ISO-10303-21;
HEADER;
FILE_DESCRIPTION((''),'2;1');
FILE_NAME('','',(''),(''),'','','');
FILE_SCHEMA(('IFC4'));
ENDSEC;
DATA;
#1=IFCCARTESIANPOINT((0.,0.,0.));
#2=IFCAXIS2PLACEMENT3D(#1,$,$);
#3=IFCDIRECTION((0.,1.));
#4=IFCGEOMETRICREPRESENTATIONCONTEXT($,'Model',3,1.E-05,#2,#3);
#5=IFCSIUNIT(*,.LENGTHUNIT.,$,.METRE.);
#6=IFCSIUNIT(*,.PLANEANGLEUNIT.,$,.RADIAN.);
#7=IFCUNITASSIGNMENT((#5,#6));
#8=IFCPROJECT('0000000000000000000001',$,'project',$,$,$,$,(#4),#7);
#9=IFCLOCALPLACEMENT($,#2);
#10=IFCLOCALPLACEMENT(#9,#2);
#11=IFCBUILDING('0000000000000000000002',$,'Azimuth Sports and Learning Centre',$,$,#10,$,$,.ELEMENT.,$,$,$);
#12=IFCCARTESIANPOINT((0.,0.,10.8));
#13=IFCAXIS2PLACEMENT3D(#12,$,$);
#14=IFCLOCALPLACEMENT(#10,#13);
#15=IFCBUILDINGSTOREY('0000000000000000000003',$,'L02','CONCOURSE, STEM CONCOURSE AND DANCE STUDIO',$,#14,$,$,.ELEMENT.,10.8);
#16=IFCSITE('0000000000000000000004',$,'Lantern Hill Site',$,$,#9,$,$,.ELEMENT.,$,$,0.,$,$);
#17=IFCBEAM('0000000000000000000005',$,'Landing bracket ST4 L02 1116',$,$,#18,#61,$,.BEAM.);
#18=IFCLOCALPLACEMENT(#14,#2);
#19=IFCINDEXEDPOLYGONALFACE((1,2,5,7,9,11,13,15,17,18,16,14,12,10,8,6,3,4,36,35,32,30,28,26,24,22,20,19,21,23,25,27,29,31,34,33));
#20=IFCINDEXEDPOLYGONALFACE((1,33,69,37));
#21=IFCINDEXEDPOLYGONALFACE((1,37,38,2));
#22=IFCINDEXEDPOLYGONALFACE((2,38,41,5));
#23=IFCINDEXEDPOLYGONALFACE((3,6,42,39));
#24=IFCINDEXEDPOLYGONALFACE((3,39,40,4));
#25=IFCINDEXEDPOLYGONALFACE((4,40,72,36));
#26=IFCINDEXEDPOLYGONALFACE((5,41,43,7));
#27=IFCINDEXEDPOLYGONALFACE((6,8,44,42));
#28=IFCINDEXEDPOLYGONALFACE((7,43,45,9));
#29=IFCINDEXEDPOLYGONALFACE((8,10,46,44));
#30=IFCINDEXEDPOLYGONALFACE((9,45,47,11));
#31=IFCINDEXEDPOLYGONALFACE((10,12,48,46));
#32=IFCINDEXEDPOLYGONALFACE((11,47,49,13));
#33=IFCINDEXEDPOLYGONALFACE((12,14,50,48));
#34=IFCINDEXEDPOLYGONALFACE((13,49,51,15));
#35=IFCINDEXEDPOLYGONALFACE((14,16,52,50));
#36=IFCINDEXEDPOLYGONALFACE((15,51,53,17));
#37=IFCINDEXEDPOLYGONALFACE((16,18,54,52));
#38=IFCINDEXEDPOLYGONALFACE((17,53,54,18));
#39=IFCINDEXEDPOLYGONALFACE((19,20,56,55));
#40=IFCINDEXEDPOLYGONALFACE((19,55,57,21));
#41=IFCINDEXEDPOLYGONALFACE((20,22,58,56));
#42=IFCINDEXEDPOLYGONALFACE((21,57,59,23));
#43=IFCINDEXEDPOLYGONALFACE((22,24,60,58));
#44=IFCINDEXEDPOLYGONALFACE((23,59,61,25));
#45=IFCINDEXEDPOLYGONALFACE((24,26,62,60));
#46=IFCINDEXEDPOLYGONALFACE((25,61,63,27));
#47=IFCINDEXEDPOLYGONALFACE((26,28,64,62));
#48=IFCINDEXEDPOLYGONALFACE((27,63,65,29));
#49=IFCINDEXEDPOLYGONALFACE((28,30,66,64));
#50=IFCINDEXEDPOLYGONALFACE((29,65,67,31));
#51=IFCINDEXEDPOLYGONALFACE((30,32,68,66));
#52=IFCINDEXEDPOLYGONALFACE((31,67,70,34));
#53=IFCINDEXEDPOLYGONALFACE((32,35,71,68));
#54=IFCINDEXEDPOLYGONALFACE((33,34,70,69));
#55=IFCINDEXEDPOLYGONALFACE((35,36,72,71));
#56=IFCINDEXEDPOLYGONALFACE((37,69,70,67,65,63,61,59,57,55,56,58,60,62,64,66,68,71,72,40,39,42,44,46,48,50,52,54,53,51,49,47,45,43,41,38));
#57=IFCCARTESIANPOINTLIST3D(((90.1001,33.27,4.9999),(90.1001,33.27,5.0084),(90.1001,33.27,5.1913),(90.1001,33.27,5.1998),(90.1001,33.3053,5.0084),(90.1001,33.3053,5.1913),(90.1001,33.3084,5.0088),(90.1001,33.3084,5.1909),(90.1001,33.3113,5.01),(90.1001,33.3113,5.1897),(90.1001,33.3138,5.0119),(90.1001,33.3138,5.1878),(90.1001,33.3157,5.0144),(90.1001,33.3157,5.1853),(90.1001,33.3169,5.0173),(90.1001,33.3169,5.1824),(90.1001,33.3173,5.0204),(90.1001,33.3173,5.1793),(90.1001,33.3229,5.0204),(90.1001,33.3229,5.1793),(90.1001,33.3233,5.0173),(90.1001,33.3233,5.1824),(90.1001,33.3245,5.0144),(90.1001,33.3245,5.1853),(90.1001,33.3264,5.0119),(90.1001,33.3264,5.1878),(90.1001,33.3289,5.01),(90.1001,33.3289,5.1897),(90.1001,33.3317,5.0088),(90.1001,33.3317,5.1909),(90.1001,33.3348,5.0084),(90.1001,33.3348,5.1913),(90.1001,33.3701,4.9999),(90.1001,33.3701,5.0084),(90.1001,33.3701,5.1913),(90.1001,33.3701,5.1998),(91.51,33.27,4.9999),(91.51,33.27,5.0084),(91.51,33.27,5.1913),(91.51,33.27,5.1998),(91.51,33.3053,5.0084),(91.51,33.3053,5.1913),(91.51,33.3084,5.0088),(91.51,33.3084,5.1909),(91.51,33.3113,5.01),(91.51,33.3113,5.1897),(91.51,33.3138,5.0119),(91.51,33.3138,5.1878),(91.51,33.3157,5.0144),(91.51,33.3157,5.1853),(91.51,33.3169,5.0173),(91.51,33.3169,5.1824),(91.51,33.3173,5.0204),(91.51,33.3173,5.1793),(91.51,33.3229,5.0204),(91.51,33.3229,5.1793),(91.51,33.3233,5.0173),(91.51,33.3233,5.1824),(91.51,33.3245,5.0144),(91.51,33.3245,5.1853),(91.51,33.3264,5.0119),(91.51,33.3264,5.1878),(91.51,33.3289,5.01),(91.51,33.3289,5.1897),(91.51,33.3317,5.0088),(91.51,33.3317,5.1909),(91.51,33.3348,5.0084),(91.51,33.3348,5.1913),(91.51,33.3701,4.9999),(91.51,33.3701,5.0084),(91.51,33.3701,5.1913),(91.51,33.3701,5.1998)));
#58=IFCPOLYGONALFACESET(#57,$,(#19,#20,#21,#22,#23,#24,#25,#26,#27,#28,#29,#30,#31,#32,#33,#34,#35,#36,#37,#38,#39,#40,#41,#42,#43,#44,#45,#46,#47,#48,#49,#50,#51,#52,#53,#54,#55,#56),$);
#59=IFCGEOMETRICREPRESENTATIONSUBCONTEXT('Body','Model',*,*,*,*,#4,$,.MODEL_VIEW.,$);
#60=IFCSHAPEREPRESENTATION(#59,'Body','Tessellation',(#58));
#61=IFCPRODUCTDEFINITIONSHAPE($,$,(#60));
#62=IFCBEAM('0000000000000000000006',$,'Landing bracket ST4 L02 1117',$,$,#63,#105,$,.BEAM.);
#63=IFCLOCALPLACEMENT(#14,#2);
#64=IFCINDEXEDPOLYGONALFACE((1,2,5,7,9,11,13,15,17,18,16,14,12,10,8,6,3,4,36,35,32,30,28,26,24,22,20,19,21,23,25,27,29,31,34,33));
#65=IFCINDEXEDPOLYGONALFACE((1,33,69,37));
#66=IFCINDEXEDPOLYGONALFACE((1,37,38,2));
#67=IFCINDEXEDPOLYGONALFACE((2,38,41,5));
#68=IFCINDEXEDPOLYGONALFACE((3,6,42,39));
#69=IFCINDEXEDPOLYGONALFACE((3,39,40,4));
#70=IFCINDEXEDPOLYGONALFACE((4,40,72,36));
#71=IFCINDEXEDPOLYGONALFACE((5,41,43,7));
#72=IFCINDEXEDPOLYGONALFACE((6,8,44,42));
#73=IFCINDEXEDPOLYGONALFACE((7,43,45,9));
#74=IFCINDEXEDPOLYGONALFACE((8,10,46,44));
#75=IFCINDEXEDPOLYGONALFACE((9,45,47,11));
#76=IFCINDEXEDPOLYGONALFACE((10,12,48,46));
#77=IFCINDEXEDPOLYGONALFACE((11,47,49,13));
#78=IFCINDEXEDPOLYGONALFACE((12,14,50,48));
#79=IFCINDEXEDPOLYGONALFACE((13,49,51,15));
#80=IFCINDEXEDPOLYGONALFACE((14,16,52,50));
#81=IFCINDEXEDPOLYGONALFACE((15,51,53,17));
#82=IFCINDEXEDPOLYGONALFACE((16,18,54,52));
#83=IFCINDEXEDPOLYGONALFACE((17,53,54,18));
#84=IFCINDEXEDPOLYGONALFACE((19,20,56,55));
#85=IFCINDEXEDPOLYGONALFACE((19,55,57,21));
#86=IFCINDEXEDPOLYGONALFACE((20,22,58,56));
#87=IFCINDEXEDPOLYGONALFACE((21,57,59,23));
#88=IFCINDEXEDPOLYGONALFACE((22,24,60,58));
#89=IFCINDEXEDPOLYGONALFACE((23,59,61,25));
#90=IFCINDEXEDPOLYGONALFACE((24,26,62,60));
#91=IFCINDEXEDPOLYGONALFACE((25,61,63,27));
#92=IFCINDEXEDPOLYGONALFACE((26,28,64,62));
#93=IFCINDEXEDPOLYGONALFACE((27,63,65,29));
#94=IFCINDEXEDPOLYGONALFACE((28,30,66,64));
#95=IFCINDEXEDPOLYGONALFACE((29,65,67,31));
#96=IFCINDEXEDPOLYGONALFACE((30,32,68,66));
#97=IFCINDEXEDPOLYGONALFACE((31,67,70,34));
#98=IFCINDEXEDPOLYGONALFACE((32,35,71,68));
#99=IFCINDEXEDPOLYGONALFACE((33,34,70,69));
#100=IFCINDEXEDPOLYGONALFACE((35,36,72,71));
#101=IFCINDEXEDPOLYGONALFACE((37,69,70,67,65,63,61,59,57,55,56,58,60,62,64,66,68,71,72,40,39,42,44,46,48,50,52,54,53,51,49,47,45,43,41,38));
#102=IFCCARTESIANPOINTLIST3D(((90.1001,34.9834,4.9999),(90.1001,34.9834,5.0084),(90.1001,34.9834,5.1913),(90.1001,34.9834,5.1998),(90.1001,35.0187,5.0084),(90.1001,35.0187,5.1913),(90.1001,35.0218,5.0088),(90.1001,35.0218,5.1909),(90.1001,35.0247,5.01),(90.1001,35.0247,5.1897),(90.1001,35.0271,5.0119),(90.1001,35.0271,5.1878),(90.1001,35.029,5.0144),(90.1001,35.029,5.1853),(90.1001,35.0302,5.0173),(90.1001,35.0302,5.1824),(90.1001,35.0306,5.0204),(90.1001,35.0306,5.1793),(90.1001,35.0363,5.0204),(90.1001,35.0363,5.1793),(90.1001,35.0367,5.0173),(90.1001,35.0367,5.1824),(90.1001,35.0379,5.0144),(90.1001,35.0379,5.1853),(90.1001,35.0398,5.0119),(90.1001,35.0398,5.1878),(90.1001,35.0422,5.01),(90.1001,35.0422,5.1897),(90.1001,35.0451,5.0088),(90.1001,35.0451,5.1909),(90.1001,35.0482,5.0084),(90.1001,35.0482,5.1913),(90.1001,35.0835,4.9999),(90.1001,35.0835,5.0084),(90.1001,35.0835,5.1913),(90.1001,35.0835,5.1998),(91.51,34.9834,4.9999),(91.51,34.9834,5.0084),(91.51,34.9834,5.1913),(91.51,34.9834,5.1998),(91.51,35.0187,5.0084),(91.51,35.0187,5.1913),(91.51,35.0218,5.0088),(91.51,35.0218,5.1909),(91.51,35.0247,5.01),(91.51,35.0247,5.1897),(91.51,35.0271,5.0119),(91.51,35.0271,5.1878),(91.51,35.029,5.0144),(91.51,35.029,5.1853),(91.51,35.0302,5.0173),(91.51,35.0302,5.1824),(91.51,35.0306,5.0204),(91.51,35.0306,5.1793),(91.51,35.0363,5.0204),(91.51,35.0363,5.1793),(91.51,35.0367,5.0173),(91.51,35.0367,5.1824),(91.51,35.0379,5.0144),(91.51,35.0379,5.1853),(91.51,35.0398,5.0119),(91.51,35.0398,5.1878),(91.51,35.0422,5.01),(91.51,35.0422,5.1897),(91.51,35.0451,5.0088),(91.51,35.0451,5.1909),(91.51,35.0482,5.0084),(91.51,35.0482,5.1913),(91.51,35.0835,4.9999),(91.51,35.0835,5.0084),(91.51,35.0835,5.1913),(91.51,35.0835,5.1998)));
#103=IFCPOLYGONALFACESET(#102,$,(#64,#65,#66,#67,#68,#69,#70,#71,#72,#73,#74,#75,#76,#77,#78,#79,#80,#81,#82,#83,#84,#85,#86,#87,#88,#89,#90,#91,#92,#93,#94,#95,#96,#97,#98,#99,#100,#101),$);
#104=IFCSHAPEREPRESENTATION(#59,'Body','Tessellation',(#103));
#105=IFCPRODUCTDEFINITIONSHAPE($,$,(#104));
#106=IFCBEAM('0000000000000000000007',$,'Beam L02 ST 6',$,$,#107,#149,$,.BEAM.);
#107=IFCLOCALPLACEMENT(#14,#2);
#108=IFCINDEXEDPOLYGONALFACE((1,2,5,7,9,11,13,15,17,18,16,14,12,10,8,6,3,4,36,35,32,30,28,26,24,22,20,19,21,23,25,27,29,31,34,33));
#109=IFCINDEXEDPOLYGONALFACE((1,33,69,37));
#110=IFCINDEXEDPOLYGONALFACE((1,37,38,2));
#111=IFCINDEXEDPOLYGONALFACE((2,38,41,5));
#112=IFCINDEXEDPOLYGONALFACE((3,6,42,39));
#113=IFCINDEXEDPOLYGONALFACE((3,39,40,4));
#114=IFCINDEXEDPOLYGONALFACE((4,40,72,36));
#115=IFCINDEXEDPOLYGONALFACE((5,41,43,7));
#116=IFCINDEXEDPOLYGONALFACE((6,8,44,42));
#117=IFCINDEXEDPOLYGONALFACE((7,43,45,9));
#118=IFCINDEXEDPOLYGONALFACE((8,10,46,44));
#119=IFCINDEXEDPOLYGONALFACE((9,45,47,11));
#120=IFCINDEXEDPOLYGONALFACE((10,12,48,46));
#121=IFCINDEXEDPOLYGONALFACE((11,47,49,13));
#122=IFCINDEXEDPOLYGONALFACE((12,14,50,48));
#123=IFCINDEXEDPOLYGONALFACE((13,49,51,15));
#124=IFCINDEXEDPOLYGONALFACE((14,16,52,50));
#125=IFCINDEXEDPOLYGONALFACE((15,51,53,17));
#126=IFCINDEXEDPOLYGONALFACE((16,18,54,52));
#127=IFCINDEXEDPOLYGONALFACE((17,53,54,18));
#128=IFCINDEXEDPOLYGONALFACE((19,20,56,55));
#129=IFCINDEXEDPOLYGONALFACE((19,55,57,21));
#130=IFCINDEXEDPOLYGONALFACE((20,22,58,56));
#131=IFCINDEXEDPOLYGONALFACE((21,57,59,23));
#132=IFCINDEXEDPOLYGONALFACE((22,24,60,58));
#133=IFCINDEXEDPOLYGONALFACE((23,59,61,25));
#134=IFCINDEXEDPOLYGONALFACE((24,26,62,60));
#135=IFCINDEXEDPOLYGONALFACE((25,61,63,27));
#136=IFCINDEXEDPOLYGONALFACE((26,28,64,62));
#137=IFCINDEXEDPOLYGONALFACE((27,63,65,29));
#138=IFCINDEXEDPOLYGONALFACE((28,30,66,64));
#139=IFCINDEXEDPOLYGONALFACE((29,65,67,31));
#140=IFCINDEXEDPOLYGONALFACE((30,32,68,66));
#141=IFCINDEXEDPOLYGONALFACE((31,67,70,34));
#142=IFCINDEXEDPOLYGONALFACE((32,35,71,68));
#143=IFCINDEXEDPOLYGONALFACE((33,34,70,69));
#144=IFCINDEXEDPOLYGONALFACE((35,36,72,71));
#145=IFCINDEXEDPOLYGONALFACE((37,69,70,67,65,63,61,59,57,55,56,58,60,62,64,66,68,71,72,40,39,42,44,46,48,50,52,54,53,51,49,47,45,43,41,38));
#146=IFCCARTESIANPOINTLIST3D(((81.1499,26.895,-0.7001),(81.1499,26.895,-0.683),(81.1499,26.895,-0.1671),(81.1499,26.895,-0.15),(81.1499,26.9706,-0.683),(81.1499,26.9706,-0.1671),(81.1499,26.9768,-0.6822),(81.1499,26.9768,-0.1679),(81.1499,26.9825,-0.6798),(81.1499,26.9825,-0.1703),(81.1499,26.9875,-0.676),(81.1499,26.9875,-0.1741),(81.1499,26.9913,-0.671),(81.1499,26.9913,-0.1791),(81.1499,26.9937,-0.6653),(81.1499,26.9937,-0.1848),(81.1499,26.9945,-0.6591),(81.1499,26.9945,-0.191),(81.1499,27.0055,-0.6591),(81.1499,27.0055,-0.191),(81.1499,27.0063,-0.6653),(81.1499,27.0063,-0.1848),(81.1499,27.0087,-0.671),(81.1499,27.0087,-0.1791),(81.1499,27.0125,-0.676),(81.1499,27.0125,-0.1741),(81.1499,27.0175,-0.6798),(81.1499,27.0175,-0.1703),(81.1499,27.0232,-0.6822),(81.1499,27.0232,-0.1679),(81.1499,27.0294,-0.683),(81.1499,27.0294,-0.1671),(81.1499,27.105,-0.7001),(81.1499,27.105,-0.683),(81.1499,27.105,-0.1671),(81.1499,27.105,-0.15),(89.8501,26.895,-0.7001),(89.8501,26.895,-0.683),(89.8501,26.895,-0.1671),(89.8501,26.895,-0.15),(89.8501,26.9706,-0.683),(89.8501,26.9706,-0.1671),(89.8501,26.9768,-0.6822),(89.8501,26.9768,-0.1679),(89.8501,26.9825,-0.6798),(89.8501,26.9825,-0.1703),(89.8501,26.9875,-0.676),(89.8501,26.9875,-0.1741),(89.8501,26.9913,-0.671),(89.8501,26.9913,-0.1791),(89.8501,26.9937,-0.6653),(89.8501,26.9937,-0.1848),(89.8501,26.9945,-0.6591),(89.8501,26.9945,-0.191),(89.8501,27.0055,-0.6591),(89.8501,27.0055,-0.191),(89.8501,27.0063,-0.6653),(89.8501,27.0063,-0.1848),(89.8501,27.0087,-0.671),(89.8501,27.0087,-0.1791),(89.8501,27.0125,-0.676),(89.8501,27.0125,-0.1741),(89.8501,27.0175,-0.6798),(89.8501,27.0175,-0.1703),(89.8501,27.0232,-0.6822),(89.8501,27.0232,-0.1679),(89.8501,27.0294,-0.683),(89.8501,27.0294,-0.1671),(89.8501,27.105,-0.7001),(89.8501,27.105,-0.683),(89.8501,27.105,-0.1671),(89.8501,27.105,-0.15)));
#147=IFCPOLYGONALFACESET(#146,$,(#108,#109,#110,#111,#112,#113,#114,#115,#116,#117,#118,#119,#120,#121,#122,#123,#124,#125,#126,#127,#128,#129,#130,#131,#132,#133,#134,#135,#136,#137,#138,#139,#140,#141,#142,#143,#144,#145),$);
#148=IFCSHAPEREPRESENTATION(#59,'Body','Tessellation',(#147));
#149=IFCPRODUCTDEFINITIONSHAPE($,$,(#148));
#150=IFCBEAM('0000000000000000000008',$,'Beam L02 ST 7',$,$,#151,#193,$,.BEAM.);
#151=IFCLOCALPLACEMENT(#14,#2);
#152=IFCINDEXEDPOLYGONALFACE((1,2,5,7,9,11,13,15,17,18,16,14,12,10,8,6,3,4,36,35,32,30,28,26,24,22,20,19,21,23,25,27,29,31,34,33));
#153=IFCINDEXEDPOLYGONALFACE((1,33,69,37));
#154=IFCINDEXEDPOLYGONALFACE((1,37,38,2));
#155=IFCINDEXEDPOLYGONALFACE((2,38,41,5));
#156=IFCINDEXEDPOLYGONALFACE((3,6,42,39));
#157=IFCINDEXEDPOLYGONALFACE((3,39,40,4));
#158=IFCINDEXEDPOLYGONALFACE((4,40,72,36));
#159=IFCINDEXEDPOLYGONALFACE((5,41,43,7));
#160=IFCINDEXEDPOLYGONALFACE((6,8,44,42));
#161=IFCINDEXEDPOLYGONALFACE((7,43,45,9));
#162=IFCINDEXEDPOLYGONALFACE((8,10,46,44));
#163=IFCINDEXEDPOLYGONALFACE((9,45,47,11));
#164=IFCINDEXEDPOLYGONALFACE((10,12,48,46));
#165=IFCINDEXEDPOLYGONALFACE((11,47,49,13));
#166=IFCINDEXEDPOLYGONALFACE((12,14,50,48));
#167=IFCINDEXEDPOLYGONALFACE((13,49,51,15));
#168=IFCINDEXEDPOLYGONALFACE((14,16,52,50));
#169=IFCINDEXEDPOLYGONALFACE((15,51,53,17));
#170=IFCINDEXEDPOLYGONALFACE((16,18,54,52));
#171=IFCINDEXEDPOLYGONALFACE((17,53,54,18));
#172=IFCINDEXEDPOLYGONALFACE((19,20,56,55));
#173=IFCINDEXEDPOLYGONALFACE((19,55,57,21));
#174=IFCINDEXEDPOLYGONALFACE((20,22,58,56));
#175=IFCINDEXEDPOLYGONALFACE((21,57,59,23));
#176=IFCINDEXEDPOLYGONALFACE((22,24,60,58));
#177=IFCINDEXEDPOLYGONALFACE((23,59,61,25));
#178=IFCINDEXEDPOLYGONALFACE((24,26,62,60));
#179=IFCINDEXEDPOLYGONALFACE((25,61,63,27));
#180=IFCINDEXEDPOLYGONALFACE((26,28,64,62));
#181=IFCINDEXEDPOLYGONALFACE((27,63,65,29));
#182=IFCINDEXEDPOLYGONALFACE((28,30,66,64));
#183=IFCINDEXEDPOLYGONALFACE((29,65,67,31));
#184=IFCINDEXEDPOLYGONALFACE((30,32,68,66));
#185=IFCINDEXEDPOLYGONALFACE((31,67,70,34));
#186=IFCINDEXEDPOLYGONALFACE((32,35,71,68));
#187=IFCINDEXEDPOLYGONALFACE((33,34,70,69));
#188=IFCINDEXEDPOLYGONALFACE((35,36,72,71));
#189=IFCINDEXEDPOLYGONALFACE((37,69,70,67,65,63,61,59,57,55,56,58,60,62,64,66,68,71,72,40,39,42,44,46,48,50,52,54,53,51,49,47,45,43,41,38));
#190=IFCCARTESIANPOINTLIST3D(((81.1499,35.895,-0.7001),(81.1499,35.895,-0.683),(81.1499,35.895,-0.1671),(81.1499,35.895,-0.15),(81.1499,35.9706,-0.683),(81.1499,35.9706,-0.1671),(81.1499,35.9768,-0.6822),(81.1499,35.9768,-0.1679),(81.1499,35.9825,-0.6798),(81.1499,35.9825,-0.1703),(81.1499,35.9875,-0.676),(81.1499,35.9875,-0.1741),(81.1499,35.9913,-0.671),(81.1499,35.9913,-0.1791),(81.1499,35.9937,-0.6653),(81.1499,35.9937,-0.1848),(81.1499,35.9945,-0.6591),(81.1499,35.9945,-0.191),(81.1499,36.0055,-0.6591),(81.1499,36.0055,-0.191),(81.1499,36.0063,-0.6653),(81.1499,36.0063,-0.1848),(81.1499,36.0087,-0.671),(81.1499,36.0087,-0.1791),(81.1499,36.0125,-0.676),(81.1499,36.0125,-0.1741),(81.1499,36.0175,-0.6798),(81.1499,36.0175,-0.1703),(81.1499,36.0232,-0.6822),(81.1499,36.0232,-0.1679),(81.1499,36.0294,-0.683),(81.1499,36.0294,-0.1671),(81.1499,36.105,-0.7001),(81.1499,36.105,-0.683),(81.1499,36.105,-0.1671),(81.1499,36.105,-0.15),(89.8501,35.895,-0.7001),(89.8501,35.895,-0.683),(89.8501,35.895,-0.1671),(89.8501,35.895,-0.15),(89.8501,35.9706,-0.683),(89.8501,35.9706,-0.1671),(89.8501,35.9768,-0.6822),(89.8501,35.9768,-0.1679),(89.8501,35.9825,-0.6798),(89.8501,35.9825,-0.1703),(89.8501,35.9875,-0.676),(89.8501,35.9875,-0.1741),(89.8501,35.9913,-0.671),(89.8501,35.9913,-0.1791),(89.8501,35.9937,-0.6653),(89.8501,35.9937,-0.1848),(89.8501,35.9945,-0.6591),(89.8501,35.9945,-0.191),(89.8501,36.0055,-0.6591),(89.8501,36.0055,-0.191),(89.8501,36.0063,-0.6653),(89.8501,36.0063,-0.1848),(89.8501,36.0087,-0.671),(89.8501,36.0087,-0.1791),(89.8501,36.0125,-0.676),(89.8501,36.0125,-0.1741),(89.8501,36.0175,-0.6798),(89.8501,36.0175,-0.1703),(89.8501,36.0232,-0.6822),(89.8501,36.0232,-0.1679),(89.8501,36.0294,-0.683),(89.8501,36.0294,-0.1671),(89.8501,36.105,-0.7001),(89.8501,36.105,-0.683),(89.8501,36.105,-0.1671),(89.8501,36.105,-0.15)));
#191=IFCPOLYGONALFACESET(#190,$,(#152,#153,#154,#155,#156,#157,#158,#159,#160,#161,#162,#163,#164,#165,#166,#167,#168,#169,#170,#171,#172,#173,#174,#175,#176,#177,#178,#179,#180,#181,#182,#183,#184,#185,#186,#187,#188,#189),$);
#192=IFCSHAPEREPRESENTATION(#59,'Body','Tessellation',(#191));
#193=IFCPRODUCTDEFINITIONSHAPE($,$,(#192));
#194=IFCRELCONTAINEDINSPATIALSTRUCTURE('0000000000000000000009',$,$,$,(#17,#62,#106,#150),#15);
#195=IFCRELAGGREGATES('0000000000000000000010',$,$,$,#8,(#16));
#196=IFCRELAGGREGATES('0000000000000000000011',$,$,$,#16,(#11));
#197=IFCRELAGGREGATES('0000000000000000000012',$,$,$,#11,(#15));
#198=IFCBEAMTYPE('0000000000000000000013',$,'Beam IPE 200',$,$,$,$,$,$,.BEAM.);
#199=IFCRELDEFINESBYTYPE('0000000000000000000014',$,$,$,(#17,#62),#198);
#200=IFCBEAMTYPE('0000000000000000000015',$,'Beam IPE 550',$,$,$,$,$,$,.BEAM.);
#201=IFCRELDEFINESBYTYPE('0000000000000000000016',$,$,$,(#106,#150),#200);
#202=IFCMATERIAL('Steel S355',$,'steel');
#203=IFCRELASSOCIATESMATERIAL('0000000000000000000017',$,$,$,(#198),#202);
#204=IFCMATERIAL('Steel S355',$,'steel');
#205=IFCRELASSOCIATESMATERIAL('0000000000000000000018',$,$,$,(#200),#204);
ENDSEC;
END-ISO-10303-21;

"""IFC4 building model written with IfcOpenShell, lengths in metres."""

from ifc_helpers import new_model, si_unit, direction, frame, origin, origin_2d, place, context, subcontext, project, spatial, i_section, extrude, material, material_profile, profile_set, type_object, element, save


model = new_model("IFC4")

# Units and contexts
model_context = context("Model", 3, precision=1e-05, world=origin(), true_north=direction((0.0, 1.0)))
body_context = subcontext(model_context, "Body", "Model", "MODEL_VIEW")
ifc_project = project(units=[si_unit("LENGTHUNIT", "METRE"), si_unit("PLANEANGLEUNIT", "RADIAN")], contexts=[model_context])

# Site, building, storey
site_placement = place(None, origin())
site = spatial("IfcSite", under=ifc_project, at=site_placement, Name="Lantern Hill Site", CompositionType="ELEMENT", RefElevation=0.0)
building_placement = place(site_placement, origin())
building = spatial("IfcBuilding", under=site, at=building_placement, Name="Azimuth Sports and Learning Centre", CompositionType="ELEMENT")
storey_placement = place(building_placement, frame((0.0, 0.0, 10.8)))
storey = spatial("IfcBuildingStorey", under=building, at=storey_placement, Name="L02", Description="CONCOURSE, STEM CONCOURSE AND DANCE STUDIO", CompositionType="ELEMENT", Elevation=10.8)

# Beams
ifc_material_1 = material(Name="Steel S355", Category="steel")
ifc_material_profile_1 = material_profile(ifc_material_1, i_section(OverallWidth=0.1001, OverallDepth=0.2, WebThickness=0.0056, FlangeThickness=0.0085, FilletRadius=0.012, at=origin_2d()), Name="IPE 200")
ifc_profile_set_1 = profile_set([ifc_material_profile_1], Name="Steel S355")
beam_type_1 = type_object("IfcBeamType", Name="Beam IPE 200", PredefinedType="BEAM", material=ifc_profile_set_1)
for number, where, z_axis, x_axis, name in (
    (1, (90.1001, 33.3201, 5.0999), (1.0, 0.0, 0.0), (0.0, 1.0, 0.0), "Landing bracket ST4 L02 1116"),
    (2, (90.1001, 35.0334, 5.0999), (1.0, 0.0, 0.0), (0.0, 1.0, 0.0), "Landing bracket ST4 L02 1117"),
):
    element("IfcBeam", number, at=place(storey_placement, frame(where, z_axis=z_axis, x_axis=x_axis)), inside=storey, type_object=beam_type_1, Name=name, PredefinedType="BEAM", context=body_context, shape_type="SweptSolid", body=[
        extrude(i_section(OverallWidth=0.1001, OverallDepth=0.2, WebThickness=0.0056, FlangeThickness=0.0085, FilletRadius=0.012, at=origin_2d()), origin(), (0.0, 0.0, 1.0), 1.4099),
    ])
ifc_material_2 = material(Name="Steel S355", Category="steel")
ifc_material_profile_2 = material_profile(ifc_material_2, i_section(OverallWidth=0.21, OverallDepth=0.55, WebThickness=0.011, FlangeThickness=0.0171, FilletRadius=0.0239, at=origin_2d()), Name="IPE 550")
ifc_profile_set_2 = profile_set([ifc_material_profile_2], Name="Steel S355")
beam_type_2 = type_object("IfcBeamType", Name="Beam IPE 550", PredefinedType="BEAM", material=ifc_profile_set_2)
for number, where, z_axis, x_axis, name in (
    (3, (81.1499, 27.0, -0.425), (1.0, 0.0, 0.0), (0.0, 1.0, 0.0), "Beam L02 ST 6"),
    (4, (81.1499, 36.0, -0.425), (1.0, 0.0, 0.0), (0.0, 1.0, 0.0), "Beam L02 ST 7"),
):
    element("IfcBeam", number, at=place(storey_placement, frame(where, z_axis=z_axis, x_axis=x_axis)), inside=storey, type_object=beam_type_2, Name=name, PredefinedType="BEAM", context=body_context, shape_type="SweptSolid", body=[
        extrude(i_section(OverallWidth=0.21, OverallDepth=0.55, WebThickness=0.011, FlangeThickness=0.0171, FilletRadius=0.0239, at=origin_2d()), origin(), (0.0, 0.0, 1.0), 8.7002),
    ])

save(model, "model.ifc")
